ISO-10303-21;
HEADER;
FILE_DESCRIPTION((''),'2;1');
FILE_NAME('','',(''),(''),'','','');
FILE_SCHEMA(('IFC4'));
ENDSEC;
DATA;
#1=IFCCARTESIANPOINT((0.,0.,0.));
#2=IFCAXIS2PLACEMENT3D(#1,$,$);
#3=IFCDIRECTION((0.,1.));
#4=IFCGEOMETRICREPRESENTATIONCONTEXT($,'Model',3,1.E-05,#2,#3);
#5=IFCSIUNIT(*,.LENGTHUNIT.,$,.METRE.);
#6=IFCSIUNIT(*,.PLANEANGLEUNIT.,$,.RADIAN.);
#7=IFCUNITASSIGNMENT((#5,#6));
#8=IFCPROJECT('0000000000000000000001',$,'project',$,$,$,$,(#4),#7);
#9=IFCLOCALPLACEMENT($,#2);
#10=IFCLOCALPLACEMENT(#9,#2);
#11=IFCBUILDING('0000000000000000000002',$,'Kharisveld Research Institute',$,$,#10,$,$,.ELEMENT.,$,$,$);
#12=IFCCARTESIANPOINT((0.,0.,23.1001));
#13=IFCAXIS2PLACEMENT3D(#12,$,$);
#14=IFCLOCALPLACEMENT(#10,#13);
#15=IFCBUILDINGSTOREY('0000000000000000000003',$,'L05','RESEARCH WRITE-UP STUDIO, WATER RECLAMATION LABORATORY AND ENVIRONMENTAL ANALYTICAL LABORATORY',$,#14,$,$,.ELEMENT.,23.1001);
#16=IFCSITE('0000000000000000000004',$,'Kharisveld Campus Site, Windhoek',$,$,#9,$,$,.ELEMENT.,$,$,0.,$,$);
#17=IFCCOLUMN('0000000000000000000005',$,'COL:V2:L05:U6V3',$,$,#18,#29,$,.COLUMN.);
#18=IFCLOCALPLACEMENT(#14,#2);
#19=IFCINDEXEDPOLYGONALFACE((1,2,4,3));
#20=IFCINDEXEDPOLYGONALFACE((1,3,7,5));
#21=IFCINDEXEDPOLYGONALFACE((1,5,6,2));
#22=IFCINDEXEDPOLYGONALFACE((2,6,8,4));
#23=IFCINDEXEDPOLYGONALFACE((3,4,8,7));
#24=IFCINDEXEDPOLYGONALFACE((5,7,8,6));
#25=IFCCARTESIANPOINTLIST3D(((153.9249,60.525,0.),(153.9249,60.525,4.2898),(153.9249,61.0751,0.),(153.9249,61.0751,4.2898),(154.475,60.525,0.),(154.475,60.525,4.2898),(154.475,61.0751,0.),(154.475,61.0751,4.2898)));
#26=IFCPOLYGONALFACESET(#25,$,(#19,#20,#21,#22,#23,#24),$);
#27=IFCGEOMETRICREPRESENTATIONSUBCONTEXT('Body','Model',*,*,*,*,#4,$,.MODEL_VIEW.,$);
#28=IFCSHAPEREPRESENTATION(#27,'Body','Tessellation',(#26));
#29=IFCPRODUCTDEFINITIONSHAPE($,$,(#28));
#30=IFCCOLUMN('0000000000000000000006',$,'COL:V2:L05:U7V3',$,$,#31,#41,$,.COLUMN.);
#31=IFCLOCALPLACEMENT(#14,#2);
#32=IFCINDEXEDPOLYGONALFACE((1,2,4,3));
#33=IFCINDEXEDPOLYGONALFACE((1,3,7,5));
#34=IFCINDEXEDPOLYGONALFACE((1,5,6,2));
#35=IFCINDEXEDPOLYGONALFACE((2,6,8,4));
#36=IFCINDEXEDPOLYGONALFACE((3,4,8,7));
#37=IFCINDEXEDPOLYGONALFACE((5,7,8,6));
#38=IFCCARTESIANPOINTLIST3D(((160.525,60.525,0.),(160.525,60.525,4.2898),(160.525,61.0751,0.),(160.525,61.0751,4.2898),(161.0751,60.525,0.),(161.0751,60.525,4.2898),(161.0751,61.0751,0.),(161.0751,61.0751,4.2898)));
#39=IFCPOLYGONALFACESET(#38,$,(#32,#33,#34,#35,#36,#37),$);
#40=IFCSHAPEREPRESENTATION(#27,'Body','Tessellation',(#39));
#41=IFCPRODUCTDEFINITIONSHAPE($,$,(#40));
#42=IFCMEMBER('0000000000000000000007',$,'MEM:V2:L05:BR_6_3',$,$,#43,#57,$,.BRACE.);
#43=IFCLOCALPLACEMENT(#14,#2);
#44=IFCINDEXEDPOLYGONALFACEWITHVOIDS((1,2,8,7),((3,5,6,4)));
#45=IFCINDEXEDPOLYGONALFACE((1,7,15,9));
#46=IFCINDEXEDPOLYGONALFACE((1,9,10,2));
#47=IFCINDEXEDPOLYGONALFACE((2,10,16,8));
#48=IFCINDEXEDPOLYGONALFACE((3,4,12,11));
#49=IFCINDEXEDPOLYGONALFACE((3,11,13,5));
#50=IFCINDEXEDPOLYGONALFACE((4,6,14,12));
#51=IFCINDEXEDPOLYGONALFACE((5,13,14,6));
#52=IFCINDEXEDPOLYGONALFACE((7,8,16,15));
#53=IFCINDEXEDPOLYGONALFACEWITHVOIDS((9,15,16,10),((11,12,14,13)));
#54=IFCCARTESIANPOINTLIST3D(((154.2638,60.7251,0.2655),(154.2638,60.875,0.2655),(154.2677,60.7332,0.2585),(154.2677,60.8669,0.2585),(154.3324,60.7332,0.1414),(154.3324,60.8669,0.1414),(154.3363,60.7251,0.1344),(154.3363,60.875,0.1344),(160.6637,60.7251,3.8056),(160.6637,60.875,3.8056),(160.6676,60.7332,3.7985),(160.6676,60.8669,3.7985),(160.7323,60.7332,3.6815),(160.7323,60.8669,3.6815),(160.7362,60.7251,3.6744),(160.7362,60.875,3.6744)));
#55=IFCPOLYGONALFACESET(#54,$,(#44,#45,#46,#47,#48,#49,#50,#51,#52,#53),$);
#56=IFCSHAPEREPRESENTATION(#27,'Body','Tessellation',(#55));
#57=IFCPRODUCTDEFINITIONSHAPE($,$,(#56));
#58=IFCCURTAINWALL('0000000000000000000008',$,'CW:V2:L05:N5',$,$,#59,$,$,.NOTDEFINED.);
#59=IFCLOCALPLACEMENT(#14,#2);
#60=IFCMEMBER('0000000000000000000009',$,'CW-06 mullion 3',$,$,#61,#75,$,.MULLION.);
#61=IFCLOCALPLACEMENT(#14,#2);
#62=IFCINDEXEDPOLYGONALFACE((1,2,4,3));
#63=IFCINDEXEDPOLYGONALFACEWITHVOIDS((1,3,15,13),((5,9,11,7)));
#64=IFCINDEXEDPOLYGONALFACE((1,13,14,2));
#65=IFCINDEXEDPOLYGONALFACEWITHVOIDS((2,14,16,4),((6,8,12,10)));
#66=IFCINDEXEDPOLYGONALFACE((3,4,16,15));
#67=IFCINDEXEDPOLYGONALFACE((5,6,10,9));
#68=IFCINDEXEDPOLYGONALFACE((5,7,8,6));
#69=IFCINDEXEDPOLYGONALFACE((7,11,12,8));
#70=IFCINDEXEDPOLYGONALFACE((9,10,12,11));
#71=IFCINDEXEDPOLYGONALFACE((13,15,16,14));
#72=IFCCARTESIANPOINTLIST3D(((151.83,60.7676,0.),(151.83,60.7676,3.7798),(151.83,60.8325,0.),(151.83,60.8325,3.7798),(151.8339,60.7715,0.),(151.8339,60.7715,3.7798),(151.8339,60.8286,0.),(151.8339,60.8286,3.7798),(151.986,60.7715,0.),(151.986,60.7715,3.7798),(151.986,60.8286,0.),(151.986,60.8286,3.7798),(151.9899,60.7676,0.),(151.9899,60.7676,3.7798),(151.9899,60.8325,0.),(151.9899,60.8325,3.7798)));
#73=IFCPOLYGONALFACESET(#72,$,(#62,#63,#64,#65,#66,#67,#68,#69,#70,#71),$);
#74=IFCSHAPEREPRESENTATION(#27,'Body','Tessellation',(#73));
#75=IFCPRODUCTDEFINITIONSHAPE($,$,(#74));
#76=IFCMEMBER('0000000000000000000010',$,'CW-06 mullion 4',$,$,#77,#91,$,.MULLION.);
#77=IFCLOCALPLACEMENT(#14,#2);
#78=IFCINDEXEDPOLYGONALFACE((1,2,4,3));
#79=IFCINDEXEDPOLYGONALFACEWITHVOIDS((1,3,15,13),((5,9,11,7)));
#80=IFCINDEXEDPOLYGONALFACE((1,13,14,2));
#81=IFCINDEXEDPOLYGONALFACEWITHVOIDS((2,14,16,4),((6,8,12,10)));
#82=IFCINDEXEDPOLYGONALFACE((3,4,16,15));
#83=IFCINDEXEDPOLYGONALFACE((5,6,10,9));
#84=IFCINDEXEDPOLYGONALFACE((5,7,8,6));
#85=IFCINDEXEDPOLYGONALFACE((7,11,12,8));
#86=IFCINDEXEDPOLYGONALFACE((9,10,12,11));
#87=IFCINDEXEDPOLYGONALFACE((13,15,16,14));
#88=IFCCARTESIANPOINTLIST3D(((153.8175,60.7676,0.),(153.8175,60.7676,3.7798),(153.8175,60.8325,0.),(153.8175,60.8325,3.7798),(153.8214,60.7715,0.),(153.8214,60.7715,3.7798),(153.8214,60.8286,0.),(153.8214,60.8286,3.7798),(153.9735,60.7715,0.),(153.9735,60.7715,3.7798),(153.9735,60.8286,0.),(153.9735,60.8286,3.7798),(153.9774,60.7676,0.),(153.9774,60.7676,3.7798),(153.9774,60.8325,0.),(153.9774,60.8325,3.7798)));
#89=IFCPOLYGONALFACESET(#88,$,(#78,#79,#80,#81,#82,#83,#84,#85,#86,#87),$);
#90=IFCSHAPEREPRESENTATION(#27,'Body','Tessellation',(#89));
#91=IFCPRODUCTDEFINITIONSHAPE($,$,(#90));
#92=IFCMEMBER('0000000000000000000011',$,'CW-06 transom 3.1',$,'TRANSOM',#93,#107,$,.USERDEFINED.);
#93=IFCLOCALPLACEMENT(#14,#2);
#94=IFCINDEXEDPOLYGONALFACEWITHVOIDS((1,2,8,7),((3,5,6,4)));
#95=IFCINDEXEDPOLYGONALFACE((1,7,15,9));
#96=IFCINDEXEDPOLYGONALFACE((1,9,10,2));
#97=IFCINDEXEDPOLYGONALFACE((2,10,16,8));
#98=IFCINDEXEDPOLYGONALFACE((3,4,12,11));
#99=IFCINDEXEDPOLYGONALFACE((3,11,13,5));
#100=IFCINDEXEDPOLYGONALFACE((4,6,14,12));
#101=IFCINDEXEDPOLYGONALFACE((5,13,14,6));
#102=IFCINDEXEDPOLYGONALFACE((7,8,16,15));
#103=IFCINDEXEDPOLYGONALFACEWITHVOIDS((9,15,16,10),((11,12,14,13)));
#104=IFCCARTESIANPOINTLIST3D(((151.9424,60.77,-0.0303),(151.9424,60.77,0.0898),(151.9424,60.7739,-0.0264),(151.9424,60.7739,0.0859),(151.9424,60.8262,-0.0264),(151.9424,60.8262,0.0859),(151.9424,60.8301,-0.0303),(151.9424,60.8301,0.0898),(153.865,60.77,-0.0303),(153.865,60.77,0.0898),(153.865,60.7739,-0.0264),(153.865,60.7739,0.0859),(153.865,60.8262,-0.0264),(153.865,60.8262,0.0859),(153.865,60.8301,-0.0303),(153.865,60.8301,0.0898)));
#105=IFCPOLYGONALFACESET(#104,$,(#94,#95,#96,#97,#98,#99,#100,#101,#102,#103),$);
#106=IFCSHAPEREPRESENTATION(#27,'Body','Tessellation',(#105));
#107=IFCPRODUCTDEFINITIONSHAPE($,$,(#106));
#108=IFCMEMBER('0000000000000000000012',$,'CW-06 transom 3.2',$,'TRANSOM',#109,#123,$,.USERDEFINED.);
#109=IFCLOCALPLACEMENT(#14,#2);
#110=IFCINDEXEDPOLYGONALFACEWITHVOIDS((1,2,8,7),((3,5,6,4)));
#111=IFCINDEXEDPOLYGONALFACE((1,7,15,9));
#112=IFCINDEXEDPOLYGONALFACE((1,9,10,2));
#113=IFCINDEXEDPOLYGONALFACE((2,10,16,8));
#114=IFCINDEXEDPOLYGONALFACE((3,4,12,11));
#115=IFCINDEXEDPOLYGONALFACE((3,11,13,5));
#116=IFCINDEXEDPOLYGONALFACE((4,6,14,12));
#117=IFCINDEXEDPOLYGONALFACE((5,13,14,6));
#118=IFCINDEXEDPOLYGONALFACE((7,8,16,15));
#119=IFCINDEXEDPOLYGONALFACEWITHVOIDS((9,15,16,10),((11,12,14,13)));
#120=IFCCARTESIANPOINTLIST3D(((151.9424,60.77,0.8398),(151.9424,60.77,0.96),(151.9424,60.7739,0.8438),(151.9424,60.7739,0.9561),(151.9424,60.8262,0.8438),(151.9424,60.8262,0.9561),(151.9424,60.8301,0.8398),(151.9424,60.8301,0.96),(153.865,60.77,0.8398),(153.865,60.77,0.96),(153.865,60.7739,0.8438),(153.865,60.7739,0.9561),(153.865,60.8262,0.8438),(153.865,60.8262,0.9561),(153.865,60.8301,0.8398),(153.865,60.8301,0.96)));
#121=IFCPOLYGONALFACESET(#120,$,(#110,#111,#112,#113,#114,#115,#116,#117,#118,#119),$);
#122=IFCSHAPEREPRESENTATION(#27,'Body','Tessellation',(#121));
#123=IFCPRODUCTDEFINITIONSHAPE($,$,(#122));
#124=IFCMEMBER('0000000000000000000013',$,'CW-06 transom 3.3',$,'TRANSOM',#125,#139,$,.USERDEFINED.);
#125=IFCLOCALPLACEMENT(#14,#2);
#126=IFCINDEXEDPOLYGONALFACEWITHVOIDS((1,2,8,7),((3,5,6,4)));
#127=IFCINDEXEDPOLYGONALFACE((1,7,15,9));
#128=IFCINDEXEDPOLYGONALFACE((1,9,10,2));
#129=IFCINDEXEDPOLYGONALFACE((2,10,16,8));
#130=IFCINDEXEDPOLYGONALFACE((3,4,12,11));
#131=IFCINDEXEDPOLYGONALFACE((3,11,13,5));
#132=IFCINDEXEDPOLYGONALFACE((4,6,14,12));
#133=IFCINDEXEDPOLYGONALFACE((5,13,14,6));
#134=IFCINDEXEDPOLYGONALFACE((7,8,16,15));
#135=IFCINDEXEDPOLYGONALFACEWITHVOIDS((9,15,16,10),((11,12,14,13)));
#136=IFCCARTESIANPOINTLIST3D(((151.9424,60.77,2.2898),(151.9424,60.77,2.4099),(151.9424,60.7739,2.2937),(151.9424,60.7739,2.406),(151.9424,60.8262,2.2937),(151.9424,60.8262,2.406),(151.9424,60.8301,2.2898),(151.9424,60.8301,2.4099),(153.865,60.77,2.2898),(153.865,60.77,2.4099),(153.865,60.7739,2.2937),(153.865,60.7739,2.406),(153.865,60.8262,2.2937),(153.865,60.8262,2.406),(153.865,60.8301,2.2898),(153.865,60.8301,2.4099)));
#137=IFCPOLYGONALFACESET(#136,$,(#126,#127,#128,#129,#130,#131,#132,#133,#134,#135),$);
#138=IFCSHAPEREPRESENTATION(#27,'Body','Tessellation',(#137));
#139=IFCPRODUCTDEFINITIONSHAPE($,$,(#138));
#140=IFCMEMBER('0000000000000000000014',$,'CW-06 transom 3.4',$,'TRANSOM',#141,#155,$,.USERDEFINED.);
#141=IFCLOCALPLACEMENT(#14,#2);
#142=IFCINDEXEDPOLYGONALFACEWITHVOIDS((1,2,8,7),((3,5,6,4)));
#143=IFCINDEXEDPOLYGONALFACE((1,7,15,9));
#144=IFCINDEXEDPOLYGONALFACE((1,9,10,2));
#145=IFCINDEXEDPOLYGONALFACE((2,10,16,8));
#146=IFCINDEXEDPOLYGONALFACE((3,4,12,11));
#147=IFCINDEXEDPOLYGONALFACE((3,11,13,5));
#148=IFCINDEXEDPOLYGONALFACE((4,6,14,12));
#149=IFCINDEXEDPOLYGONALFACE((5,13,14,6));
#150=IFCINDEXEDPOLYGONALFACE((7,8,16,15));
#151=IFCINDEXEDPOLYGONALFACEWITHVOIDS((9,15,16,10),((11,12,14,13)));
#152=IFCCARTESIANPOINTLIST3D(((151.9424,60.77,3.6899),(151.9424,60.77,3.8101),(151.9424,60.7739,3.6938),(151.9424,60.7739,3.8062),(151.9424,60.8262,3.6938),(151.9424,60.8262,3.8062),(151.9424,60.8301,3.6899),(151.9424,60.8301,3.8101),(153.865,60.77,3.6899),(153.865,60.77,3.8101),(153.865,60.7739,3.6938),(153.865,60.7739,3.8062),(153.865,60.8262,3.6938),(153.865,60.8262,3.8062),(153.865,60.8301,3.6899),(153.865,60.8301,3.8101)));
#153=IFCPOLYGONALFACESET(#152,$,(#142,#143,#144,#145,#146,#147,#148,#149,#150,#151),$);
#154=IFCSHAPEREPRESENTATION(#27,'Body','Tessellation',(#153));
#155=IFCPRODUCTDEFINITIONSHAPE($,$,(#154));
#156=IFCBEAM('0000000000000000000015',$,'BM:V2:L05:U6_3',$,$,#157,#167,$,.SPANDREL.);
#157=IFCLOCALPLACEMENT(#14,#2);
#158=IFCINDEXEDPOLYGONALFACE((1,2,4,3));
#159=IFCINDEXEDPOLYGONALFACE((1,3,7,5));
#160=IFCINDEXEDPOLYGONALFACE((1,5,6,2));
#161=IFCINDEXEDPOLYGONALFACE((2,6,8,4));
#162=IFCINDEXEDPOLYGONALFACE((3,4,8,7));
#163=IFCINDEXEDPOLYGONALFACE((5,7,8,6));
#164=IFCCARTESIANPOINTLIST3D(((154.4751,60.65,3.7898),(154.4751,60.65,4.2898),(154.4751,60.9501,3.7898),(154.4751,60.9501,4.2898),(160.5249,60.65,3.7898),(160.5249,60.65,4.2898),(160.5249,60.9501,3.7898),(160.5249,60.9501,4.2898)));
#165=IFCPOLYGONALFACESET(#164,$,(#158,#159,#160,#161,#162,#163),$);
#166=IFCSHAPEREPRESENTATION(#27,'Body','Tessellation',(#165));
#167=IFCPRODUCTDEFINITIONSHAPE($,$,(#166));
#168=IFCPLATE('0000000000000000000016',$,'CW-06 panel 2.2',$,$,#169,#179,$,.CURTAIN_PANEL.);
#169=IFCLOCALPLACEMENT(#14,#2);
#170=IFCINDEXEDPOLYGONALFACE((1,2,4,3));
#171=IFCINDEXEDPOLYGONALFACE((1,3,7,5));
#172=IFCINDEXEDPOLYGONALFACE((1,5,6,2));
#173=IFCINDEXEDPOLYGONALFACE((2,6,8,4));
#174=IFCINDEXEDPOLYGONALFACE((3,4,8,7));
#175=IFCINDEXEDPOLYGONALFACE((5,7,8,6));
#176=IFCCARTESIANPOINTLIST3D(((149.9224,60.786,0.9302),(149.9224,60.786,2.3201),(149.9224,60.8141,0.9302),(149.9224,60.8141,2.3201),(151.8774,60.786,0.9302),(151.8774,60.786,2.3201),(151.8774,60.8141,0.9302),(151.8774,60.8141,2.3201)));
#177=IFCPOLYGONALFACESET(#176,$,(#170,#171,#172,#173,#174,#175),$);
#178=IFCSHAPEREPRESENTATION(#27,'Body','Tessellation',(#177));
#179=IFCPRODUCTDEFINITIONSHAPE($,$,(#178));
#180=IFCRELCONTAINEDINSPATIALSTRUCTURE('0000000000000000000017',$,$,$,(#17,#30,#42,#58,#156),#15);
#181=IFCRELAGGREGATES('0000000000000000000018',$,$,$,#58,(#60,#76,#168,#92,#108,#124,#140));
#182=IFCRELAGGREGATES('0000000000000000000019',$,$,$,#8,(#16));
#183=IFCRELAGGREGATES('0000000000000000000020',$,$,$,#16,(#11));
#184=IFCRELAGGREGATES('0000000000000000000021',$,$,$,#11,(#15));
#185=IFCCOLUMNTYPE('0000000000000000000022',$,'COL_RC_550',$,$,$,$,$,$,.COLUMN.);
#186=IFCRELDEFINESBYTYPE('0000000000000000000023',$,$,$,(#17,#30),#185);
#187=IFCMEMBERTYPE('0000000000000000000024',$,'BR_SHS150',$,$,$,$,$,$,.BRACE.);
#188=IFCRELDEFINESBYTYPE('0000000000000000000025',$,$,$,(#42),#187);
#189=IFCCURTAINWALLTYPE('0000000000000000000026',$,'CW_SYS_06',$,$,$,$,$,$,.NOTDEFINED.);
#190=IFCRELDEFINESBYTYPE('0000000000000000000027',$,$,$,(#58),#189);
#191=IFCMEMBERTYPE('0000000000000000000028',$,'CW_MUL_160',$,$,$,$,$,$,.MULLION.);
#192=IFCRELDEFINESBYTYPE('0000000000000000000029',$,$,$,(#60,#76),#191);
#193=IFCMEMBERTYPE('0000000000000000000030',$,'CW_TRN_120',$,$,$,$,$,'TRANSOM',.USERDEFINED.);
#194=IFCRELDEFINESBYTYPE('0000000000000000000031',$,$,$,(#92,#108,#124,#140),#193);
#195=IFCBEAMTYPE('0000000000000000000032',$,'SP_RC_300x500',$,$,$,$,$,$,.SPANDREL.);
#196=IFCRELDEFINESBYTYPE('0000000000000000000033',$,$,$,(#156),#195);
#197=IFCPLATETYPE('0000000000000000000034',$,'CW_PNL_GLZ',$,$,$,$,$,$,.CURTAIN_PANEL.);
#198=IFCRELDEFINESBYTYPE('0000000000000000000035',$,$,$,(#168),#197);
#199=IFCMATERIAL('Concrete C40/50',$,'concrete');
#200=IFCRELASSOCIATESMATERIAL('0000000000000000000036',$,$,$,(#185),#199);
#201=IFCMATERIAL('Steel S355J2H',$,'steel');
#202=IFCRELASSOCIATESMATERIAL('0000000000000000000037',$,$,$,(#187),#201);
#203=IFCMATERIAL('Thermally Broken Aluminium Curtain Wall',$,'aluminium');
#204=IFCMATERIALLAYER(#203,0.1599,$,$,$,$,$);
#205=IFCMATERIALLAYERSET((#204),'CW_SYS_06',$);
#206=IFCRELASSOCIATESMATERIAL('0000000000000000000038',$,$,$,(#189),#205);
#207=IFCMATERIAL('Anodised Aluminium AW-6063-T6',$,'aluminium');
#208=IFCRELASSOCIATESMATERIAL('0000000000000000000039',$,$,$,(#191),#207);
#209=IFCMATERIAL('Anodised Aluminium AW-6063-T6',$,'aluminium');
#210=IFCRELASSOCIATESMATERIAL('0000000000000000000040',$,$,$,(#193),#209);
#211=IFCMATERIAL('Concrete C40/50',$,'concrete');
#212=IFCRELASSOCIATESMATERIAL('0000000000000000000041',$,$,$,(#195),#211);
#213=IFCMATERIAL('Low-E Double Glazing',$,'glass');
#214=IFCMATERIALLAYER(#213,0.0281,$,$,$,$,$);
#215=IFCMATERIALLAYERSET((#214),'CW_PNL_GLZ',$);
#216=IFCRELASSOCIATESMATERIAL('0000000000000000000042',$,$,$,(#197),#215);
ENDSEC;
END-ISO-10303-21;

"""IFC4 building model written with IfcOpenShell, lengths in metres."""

from ifc_helpers import new_model, si_unit, direction, frame, origin, origin_2d, place, context, subcontext, project, spatial, rectangle, hollow_rectangle, extrude, material, layer, layer_set, material_profile, profile_set, type_object, element, aggregate, save


model = new_model("IFC4")

# Units and contexts
model_context = context("Model", 3, precision=1e-05, world=origin(), true_north=direction((0.0, 1.0)))
body_context = subcontext(model_context, "Body", "Model", "MODEL_VIEW")
ifc_project = project(units=[si_unit("LENGTHUNIT", "METRE"), si_unit("PLANEANGLEUNIT", "RADIAN")], contexts=[model_context])

# Site, building, storey
site_placement = place(None, origin())
site = spatial("IfcSite", under=ifc_project, at=site_placement, Name="Kharisveld Campus Site, Windhoek", CompositionType="ELEMENT", RefElevation=0.0)
building_placement = place(site_placement, origin())
building = spatial("IfcBuilding", under=site, at=building_placement, Name="Kharisveld Research Institute", CompositionType="ELEMENT")
storey_placement = place(building_placement, frame((0.0, 0.0, 23.1001)))
storey = spatial("IfcBuildingStorey", under=building, at=storey_placement, Name="L05", Description="RESEARCH WRITE-UP STUDIO, WATER RECLAMATION LABORATORY AND ENVIRONMENTAL ANALYTICAL LABORATORY", CompositionType="ELEMENT", Elevation=23.1001)

# Columns
ifc_material_1 = material(Name="Concrete C40/50", Category="concrete")
ifc_material_profile_1 = material_profile(ifc_material_1, rectangle(XDim=0.55, YDim=0.55, at=origin_2d()))
ifc_profile_set_1 = profile_set([ifc_material_profile_1], Name="Concrete C40/50")
column_type = type_object("IfcColumnType", Name="COL_RC_550", PredefinedType="COLUMN", material=ifc_profile_set_1)
for number, where, z_axis, x_axis, name in (
    (1, (154.2, 60.8, 0.0), (0.0, 0.0, 1.0), (1.0, 0.0, 0.0), "COL:V2:L05:U6V3"),
    (2, (160.8, 60.8, 0.0), (0.0, 0.0, 1.0), (1.0, 0.0, 0.0), "COL:V2:L05:U7V3"),
):
    element("IfcColumn", number, at=place(storey_placement, frame(where, z_axis=z_axis, x_axis=x_axis)), inside=storey, type_object=column_type, Name=name, PredefinedType="COLUMN", context=body_context, shape_type="SweptSolid", body=[
        extrude(rectangle(XDim=0.55, YDim=0.55, at=origin_2d()), origin(), (0.0, 0.0, 1.0), 4.2898),
    ])

# Member
ifc_material_2 = material(Name="Steel S355J2H", Category="steel")
ifc_material_profile_2 = material_profile(ifc_material_2, hollow_rectangle(XDim=0.1499, YDim=0.1499, WallThickness=0.0081, at=origin_2d()))
ifc_profile_set_2 = profile_set([ifc_material_profile_2], Name="Steel S355J2H")
member_type_1 = type_object("IfcMemberType", Name="BR_SHS150", PredefinedType="BRACE", material=ifc_profile_set_2)
member_1_placement = place(storey_placement, frame((154.3, 60.8, 0.2), z_axis=(0.875053, 0.0, 0.484027), x_axis=(0.0, 1.0, 0.0)))
element("IfcMember", 3, at=member_1_placement, inside=storey, type_object=member_type_1, Name="MEM:V2:L05:BR_6_3", PredefinedType="BRACE", context=body_context, shape_type="SweptSolid", body=[
    extrude(hollow_rectangle(XDim=0.1499, YDim=0.1499, WallThickness=0.0081, at=origin_2d()), origin(), (0.0, 0.0, 1.0), 7.3137),
])

# Curtain wall, members
ifc_material_3 = material(Name="Thermally Broken Aluminium Curtain Wall", Category="aluminium")
ifc_layer_1 = layer(ifc_material_3, 0.1599)
ifc_layer_set_1 = layer_set([ifc_layer_1], Name="CW_SYS_06")
curtain_wall_type = type_object("IfcCurtainWallType", Name="CW_SYS_06", PredefinedType="NOTDEFINED", material=ifc_layer_set_1)
curtain_wall_placement = place(storey_placement, origin())
curtain_wall = element("IfcCurtainWall", 4, at=curtain_wall_placement, inside=storey, type_object=curtain_wall_type, Name="CW:V2:L05:N5", PredefinedType="NOTDEFINED")
ifc_material_4 = material(Name="Anodised Aluminium AW-6063-T6", Category="aluminium")
ifc_material_profile_3 = material_profile(ifc_material_4, hollow_rectangle(XDim=0.0649, YDim=0.1599, WallThickness=0.0039, at=origin_2d()))
ifc_profile_set_3 = profile_set([ifc_material_profile_3], Name="Anodised Aluminium AW-6063-T6")
member_type_2 = type_object("IfcMemberType", Name="CW_MUL_160", PredefinedType="MULLION", material=ifc_profile_set_3)
member_2_placement = place(storey_placement, frame((151.9099, 60.8, 0.0), z_axis=(0.0, 0.0, 1.0), x_axis=(0.0, 1.0, 0.0)))
member_2 = element("IfcMember", 5, at=member_2_placement, type_object=member_type_2, Name="CW-06 mullion 3", PredefinedType="MULLION", context=body_context, shape_type="SweptSolid", body=[
    extrude(hollow_rectangle(XDim=0.0649, YDim=0.1599, WallThickness=0.0039, at=origin_2d()), origin(), (0.0, 0.0, 1.0), 3.7798),
])
member_3_placement = place(storey_placement, frame((153.8975, 60.8, 0.0), z_axis=(0.0, 0.0, 1.0), x_axis=(0.0, 1.0, 0.0)))
member_3 = element("IfcMember", 6, at=member_3_placement, type_object=member_type_2, Name="CW-06 mullion 4", PredefinedType="MULLION", context=body_context, shape_type="SweptSolid", body=[
    extrude(hollow_rectangle(XDim=0.0649, YDim=0.1599, WallThickness=0.0039, at=origin_2d()), origin(), (0.0, 0.0, 1.0), 3.7798),
])
ifc_material_5 = material(Name="Anodised Aluminium AW-6063-T6", Category="aluminium")
ifc_material_profile_4 = material_profile(ifc_material_5, hollow_rectangle(XDim=0.0601, YDim=0.1201, WallThickness=0.0039, at=origin_2d()))
ifc_profile_set_4 = profile_set([ifc_material_profile_4], Name="Anodised Aluminium AW-6063-T6")
member_type_3 = type_object("IfcMemberType", Name="CW_TRN_120", ElementType="TRANSOM", PredefinedType="USERDEFINED", material=ifc_profile_set_4)
member_4_placement = place(storey_placement, frame((151.9424, 60.8, 0.0298), z_axis=(1.0, 0.0, 0.0), x_axis=(0.0, 1.0, 0.0)))
member_4 = element("IfcMember", 7, at=member_4_placement, type_object=member_type_3, Name="CW-06 transom 3.1", ObjectType="TRANSOM", PredefinedType="USERDEFINED", context=body_context, shape_type="SweptSolid", body=[
    extrude(hollow_rectangle(XDim=0.0601, YDim=0.1201, WallThickness=0.0039, at=origin_2d()), origin(), (0.0, 0.0, 1.0), 1.9226),
])
member_5_placement = place(storey_placement, frame((151.9424, 60.8, 0.8999), z_axis=(1.0, 0.0, 0.0), x_axis=(0.0, 1.0, 0.0)))
member_5 = element("IfcMember", 8, at=member_5_placement, type_object=member_type_3, Name="CW-06 transom 3.2", ObjectType="TRANSOM", PredefinedType="USERDEFINED", context=body_context, shape_type="SweptSolid", body=[
    extrude(hollow_rectangle(XDim=0.0601, YDim=0.1201, WallThickness=0.0039, at=origin_2d()), origin(), (0.0, 0.0, 1.0), 1.9226),
])
member_6_placement = place(storey_placement, frame((151.9424, 60.8, 2.3499), z_axis=(1.0, 0.0, 0.0), x_axis=(0.0, 1.0, 0.0)))
member_6 = element("IfcMember", 9, at=member_6_placement, type_object=member_type_3, Name="CW-06 transom 3.3", ObjectType="TRANSOM", PredefinedType="USERDEFINED", context=body_context, shape_type="SweptSolid", body=[
    extrude(hollow_rectangle(XDim=0.0601, YDim=0.1201, WallThickness=0.0039, at=origin_2d()), origin(), (0.0, 0.0, 1.0), 1.9226),
])
member_7_placement = place(storey_placement, frame((151.9424, 60.8, 3.75), z_axis=(1.0, 0.0, 0.0), x_axis=(0.0, 1.0, 0.0)))
member_7 = element("IfcMember", 10, at=member_7_placement, type_object=member_type_3, Name="CW-06 transom 3.4", ObjectType="TRANSOM", PredefinedType="USERDEFINED", context=body_context, shape_type="SweptSolid", body=[
    extrude(hollow_rectangle(XDim=0.0601, YDim=0.1201, WallThickness=0.0039, at=origin_2d()), origin(), (0.0, 0.0, 1.0), 1.9226),
])

# Beam
ifc_material_6 = material(Name="Concrete C40/50", Category="concrete")
ifc_material_profile_5 = material_profile(ifc_material_6, rectangle(XDim=0.3, YDim=0.5, at=origin_2d()))
ifc_profile_set_5 = profile_set([ifc_material_profile_5], Name="Concrete C40/50")
beam_type = type_object("IfcBeamType", Name="SP_RC_300x500", PredefinedType="SPANDREL", material=ifc_profile_set_5)
beam_placement = place(storey_placement, frame((154.4751, 60.8, 4.0398), z_axis=(1.0, 0.0, 0.0), x_axis=(0.0, 1.0, 0.0)))
element("IfcBeam", 11, at=beam_placement, inside=storey, type_object=beam_type, Name="BM:V2:L05:U6_3", PredefinedType="SPANDREL", context=body_context, shape_type="SweptSolid", body=[
    extrude(rectangle(XDim=0.3, YDim=0.5, at=origin_2d()), origin(), (0.0, 0.0, 1.0), 6.0498),
])

# Plate
ifc_material_7 = material(Name="Low-E Double Glazing", Category="glass")
ifc_layer_2 = layer(ifc_material_7, 0.0281)
ifc_layer_set_2 = layer_set([ifc_layer_2], Name="CW_PNL_GLZ")
plate_type_1 = type_object("IfcPlateType", Name="CW_PNL_GLZ", PredefinedType="CURTAIN_PANEL", material=ifc_layer_set_2)
plate_1_placement = place(storey_placement, frame((150.8999, 60.8, 0.9302), z_axis=(0.0, 0.0, 1.0), x_axis=(1.0, 0.0, 0.0)))
plate_1 = element("IfcPlate", 12, at=plate_1_placement, type_object=plate_type_1, Name="CW-06 panel 2.2", PredefinedType="CURTAIN_PANEL", context=body_context, shape_type="SweptSolid", body=[
    extrude(rectangle(XDim=1.9551, YDim=0.0281, at=origin_2d()), origin(), (0.0, 0.0, 1.0), 1.3899),
])
aggregate(curtain_wall, [member_2, member_3, plate_1, member_4, member_5, member_6, member_7])

save(model, "model.ifc")
